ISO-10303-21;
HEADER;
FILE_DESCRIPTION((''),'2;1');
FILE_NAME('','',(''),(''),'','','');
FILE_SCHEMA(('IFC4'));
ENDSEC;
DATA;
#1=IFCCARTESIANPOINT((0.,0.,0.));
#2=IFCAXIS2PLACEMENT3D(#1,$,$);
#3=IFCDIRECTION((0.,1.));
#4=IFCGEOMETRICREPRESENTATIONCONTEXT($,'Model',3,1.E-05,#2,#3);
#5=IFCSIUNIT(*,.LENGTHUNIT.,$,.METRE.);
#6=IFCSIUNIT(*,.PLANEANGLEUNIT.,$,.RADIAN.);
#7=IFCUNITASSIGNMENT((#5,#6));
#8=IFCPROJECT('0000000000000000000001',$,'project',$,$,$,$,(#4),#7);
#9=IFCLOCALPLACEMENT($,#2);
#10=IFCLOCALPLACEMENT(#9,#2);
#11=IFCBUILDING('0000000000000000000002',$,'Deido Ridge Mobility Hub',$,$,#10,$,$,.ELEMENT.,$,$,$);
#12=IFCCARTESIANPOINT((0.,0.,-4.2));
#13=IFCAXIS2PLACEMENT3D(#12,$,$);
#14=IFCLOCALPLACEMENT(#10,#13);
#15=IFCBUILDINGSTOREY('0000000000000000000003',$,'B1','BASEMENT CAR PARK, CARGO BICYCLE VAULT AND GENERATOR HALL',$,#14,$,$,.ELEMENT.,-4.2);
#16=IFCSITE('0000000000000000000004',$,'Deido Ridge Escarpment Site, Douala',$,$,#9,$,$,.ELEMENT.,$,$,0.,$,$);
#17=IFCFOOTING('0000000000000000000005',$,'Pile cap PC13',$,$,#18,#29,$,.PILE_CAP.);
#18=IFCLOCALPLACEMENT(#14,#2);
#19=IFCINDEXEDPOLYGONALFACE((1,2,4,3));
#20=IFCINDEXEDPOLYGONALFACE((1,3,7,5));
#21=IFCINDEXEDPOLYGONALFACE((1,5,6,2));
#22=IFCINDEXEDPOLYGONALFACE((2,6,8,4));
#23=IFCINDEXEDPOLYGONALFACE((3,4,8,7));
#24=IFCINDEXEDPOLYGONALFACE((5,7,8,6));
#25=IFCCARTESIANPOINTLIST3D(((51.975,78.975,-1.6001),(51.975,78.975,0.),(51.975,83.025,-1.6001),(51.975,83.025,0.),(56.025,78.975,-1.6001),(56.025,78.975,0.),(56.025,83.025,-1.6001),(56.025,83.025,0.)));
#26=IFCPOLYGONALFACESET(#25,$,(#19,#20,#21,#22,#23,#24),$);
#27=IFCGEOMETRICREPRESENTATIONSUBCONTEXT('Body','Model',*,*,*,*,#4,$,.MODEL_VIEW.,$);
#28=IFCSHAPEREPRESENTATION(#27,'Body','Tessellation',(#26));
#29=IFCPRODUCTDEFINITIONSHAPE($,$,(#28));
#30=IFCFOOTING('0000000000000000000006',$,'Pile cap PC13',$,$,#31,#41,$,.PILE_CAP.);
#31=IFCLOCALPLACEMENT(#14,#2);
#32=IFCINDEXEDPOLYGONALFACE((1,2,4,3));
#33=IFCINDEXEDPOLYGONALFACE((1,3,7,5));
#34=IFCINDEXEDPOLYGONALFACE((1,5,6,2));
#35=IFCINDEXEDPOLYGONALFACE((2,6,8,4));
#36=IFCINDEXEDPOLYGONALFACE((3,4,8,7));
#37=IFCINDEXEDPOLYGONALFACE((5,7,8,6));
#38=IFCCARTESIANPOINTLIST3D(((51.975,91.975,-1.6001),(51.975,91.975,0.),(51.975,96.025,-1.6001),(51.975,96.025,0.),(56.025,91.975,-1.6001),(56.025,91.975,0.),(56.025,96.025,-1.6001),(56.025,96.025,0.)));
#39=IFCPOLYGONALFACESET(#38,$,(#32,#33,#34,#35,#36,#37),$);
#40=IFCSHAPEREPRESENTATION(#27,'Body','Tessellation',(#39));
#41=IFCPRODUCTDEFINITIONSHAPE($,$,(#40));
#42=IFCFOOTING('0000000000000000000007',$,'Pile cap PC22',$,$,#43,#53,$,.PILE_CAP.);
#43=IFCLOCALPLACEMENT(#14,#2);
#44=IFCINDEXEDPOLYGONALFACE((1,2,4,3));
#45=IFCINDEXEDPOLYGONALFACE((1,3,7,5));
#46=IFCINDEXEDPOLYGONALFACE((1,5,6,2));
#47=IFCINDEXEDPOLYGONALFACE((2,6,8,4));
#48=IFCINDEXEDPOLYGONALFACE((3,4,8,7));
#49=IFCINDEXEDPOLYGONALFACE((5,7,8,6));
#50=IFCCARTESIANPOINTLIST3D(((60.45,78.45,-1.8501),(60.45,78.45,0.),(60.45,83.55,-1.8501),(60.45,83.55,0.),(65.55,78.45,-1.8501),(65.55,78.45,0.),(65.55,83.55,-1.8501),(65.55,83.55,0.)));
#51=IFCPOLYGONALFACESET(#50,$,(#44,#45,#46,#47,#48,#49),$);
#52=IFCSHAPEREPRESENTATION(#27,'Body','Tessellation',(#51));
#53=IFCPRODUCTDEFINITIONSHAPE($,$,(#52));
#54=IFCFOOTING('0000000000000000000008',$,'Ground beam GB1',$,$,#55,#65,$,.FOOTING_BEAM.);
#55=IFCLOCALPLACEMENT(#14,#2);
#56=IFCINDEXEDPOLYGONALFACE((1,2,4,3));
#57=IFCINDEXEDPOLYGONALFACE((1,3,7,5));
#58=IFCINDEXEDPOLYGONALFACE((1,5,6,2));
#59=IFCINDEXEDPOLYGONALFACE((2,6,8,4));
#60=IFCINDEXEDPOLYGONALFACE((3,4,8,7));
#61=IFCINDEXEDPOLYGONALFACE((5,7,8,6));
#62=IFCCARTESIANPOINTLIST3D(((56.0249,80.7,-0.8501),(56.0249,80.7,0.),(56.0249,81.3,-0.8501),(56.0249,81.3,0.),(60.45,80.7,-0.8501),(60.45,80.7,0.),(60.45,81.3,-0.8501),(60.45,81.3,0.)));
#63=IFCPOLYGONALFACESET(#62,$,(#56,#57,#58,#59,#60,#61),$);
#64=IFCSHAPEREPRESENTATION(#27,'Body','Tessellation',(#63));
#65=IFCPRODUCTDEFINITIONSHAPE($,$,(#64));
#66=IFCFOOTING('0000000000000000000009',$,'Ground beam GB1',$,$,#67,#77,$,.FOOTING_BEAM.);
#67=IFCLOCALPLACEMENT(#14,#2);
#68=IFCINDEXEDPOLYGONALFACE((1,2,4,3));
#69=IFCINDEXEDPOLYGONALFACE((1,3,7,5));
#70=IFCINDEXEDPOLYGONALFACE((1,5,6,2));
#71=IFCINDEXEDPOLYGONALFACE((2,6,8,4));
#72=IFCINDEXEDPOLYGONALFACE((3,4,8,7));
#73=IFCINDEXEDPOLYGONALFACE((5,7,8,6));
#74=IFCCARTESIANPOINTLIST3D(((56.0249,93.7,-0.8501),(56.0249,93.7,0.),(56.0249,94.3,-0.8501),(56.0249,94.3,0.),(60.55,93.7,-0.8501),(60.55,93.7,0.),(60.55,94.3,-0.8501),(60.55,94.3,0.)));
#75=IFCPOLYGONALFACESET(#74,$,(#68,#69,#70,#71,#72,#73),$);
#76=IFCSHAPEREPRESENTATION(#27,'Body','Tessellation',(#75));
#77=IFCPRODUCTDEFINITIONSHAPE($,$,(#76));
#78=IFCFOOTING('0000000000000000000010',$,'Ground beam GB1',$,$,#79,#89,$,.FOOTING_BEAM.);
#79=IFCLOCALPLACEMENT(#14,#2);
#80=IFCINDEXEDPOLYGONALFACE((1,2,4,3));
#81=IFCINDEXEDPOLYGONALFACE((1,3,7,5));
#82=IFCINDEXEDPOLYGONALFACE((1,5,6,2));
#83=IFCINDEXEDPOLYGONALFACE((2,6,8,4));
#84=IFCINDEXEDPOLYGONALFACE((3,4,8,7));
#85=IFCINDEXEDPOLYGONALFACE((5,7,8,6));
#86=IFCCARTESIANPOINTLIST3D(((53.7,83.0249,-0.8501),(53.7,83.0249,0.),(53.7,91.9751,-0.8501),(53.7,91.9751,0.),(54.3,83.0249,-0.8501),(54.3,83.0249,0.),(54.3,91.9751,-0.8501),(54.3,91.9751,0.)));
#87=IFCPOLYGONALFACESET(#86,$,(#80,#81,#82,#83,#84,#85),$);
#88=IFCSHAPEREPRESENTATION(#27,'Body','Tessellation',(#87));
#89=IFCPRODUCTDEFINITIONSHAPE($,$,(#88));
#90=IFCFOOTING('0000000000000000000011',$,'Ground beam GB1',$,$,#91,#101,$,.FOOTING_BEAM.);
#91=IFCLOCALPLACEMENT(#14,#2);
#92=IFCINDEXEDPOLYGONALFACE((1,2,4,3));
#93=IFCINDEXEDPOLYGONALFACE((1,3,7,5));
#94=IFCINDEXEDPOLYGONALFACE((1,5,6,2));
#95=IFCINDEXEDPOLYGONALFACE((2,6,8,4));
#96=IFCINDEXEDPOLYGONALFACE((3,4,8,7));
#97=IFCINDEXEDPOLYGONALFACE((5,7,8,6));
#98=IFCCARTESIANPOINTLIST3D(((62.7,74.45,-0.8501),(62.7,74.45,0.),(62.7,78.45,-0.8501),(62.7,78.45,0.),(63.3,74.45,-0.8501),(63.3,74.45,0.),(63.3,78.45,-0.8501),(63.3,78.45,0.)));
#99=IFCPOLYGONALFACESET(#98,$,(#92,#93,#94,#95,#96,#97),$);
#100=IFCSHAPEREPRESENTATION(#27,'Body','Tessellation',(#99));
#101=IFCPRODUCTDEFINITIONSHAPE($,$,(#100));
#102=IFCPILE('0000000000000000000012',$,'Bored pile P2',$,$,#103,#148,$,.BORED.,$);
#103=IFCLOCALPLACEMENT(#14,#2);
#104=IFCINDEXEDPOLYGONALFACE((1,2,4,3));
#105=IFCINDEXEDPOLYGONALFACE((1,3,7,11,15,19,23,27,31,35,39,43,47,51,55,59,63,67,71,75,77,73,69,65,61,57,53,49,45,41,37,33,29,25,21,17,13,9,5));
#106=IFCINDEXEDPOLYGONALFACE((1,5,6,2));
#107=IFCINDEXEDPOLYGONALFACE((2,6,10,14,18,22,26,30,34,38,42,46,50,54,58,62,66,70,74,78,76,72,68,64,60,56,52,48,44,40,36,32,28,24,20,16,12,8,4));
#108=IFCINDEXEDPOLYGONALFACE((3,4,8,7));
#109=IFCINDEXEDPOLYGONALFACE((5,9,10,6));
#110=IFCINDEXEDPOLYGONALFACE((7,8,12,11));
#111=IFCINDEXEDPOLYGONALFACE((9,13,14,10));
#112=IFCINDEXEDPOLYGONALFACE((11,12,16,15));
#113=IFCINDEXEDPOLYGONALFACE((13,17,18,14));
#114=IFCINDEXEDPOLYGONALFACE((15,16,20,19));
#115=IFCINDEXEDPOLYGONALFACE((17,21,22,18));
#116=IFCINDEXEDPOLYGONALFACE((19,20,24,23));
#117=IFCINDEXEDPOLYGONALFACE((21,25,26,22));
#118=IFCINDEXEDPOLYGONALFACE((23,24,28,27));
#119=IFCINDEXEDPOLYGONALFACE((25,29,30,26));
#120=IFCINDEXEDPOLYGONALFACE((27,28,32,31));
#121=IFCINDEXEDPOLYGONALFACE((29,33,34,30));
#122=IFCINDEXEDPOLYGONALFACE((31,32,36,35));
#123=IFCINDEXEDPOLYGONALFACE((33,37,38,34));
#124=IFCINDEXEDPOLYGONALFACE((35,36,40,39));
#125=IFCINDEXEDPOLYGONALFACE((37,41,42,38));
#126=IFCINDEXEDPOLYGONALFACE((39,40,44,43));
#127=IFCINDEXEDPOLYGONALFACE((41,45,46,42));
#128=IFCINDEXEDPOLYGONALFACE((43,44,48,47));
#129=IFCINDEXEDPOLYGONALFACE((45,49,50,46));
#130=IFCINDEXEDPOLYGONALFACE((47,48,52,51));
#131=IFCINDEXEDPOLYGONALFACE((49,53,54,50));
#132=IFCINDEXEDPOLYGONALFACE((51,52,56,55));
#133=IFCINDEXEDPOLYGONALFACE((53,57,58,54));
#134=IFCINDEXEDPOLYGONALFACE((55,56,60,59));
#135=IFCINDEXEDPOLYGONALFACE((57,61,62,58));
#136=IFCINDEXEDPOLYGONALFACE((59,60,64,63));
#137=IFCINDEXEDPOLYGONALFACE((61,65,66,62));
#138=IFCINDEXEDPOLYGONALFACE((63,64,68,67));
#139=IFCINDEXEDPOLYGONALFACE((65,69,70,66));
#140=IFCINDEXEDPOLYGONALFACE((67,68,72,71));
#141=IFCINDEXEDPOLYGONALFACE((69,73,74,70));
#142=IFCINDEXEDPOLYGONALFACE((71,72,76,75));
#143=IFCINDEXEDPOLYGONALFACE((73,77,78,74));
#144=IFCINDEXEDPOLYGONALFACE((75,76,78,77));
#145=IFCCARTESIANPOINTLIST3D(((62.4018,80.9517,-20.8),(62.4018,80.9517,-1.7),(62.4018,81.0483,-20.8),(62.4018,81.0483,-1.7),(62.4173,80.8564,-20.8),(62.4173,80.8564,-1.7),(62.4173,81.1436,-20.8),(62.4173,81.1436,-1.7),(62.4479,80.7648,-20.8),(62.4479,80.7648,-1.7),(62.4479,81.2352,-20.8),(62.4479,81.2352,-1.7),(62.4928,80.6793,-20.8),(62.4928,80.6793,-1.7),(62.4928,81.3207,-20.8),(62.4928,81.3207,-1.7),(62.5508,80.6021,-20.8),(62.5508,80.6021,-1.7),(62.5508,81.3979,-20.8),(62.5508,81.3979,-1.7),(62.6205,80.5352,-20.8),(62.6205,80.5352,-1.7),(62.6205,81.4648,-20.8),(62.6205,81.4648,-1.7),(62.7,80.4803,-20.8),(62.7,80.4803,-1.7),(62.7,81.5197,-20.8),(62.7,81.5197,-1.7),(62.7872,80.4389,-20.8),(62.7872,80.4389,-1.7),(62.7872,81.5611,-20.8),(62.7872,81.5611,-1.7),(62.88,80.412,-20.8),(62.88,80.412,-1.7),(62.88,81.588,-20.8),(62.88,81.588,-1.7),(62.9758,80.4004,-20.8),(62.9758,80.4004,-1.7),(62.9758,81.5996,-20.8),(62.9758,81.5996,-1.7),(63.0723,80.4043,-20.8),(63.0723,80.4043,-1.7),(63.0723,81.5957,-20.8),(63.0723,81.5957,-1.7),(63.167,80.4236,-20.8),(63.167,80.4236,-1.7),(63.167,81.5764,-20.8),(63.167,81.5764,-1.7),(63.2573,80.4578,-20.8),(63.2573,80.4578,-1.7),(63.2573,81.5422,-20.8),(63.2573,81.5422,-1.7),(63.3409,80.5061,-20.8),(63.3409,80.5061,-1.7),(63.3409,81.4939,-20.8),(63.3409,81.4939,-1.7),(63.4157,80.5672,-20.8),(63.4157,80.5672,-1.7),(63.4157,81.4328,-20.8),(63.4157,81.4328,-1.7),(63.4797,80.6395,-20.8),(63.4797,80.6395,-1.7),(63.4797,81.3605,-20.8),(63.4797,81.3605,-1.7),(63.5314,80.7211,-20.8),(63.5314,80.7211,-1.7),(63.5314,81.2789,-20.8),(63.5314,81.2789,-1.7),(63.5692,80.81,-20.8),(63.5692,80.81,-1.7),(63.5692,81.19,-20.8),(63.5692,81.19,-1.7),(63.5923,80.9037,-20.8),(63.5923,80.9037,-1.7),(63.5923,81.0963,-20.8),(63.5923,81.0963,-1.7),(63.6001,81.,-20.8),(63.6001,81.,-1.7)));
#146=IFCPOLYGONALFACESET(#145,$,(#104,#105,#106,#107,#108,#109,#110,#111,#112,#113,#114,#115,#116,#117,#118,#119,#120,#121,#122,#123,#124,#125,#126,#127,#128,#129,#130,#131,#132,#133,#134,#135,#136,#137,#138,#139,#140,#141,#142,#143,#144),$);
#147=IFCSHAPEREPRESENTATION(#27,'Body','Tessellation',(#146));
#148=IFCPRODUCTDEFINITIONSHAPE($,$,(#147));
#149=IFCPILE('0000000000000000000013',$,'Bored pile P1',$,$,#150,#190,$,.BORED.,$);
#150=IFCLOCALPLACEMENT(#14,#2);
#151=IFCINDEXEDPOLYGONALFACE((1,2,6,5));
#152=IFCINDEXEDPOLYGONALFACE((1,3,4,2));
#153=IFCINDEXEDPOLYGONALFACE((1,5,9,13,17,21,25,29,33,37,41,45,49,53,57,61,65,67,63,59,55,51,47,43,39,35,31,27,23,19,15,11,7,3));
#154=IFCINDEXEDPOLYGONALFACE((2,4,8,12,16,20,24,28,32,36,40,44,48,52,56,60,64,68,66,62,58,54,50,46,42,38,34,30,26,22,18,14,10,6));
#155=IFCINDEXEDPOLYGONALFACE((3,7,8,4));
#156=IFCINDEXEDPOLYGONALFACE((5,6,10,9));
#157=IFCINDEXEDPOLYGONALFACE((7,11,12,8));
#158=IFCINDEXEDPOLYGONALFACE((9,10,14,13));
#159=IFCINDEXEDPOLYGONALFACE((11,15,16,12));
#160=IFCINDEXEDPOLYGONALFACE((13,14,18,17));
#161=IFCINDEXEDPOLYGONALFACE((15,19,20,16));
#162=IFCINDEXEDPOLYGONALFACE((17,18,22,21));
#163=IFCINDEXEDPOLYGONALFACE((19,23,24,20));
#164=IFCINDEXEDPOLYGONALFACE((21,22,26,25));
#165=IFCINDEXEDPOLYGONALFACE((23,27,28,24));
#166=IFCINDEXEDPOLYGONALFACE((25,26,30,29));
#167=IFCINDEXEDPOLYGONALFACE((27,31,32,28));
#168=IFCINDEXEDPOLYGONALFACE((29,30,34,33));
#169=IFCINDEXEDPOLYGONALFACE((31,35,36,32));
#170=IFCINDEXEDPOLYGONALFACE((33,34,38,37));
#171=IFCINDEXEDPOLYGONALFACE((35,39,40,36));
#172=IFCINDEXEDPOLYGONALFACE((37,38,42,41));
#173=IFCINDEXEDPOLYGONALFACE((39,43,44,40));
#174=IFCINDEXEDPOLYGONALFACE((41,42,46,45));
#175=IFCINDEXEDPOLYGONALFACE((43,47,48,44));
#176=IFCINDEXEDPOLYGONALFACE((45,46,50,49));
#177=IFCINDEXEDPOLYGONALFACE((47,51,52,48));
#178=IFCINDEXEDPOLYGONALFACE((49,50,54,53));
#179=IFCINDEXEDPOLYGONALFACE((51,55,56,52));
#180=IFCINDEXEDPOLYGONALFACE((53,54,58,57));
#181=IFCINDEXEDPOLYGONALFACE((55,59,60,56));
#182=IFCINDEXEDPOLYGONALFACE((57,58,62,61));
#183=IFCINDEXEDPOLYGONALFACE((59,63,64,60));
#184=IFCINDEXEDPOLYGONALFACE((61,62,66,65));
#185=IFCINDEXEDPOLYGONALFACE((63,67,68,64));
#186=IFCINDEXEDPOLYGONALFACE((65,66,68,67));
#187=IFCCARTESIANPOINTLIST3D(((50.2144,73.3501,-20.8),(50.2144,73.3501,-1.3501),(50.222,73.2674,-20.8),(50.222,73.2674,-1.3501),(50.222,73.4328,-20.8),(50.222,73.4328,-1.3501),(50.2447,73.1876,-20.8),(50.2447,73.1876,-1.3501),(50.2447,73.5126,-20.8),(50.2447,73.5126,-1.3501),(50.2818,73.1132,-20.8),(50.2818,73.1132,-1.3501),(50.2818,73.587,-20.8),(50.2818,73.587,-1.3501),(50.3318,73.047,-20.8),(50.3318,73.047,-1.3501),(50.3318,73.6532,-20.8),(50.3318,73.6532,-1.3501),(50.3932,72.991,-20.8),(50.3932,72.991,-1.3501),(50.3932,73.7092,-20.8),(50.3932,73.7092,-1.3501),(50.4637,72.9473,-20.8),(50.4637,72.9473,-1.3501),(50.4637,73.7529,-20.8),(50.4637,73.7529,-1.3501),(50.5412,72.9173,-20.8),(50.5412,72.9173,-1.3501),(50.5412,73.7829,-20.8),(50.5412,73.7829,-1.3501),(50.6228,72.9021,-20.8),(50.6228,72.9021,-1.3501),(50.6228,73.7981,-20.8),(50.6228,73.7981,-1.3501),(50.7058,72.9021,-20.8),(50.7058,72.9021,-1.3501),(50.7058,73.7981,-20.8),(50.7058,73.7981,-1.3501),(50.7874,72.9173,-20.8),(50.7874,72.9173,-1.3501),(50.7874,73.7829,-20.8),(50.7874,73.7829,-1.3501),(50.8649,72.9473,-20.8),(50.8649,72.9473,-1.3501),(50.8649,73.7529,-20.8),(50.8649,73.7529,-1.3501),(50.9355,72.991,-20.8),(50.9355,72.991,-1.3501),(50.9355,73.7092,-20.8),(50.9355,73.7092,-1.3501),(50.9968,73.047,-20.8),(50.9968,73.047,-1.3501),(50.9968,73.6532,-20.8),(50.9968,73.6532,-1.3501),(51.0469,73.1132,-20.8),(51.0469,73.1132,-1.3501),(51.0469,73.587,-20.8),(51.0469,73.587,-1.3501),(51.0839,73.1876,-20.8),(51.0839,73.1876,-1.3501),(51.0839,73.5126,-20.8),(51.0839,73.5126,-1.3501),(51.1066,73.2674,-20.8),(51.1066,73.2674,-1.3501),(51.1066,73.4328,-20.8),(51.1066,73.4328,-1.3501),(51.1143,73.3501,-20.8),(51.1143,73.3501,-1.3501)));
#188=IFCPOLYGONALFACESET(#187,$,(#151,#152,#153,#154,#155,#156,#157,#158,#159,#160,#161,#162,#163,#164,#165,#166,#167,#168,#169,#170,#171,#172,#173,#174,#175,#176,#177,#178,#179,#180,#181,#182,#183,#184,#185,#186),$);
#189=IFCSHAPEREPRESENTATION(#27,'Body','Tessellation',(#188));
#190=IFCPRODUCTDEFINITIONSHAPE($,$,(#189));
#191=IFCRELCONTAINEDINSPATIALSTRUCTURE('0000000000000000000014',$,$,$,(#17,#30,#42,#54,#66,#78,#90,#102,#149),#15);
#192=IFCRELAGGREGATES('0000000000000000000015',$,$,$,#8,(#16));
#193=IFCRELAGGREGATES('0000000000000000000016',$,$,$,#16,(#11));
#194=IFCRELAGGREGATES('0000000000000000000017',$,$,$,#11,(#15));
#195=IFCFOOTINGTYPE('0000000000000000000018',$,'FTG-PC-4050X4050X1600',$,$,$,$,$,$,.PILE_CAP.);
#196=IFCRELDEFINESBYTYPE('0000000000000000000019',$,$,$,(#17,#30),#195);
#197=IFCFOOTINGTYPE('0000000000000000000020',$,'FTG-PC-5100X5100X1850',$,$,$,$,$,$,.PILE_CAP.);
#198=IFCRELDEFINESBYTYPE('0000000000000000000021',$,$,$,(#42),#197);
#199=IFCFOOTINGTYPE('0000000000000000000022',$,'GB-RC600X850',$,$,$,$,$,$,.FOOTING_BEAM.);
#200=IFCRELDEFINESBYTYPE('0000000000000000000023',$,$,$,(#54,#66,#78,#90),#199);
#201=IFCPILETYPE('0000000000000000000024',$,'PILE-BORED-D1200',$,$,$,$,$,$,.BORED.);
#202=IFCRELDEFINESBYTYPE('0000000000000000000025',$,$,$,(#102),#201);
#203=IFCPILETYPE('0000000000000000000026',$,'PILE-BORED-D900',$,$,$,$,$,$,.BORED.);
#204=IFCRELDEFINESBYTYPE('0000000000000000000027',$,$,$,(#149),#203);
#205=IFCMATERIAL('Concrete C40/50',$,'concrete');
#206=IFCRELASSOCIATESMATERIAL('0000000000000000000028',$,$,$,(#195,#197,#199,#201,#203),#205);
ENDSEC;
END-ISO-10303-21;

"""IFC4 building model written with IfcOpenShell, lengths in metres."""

from ifc_helpers import new_model, si_unit, direction, frame, origin, origin_2d, place, context, subcontext, project, spatial, rectangle, circle, extrude, material, material_profile, profile_set, type_object, element, save


model = new_model("IFC4")

# Units and contexts
model_context = context("Model", 3, precision=1e-05, world=origin(), true_north=direction((0.0, 1.0)))
body_context = subcontext(model_context, "Body", "Model", "MODEL_VIEW")
ifc_project = project(units=[si_unit("LENGTHUNIT", "METRE"), si_unit("PLANEANGLEUNIT", "RADIAN")], contexts=[model_context])

# Site, building, storey
site_placement = place(None, origin())
site = spatial("IfcSite", under=ifc_project, at=site_placement, Name="Deido Ridge Escarpment Site, Douala", CompositionType="ELEMENT", RefElevation=0.0)
building_placement = place(site_placement, origin())
building = spatial("IfcBuilding", under=site, at=building_placement, Name="Deido Ridge Mobility Hub", CompositionType="ELEMENT")
storey_placement = place(building_placement, frame((0.0, 0.0, -4.2)))
storey = spatial("IfcBuildingStorey", under=building, at=storey_placement, Name="B1", Description="BASEMENT CAR PARK, CARGO BICYCLE VAULT AND GENERATOR HALL", CompositionType="ELEMENT", Elevation=-4.2)

# Footings
ifc_material_1 = material(Name="Concrete C40/50", Category="concrete")
footing_type_1 = type_object("IfcFootingType", Name="FTG-PC-4050X4050X1600", PredefinedType="PILE_CAP", material=ifc_material_1)
for number, where, z_axis, x_axis, name in (
    (1, (54.0, 81.0, -1.6001), (0.0, 0.0, 1.0), (1.0, 0.0, 0.0), "Pile cap PC13"),
    (2, (54.0, 94.0, -1.6001), (0.0, 0.0, 1.0), (1.0, 0.0, 0.0), "Pile cap PC13"),
):
    element("IfcFooting", number, at=place(storey_placement, frame(where, z_axis=z_axis, x_axis=x_axis)), inside=storey, type_object=footing_type_1, Name=name, PredefinedType="PILE_CAP", context=body_context, shape_type="SweptSolid", body=[
        extrude(rectangle(XDim=4.05, YDim=4.05, at=origin_2d()), origin(), (0.0, 0.0, 1.0), 1.6001),
    ])
footing_type_2 = type_object("IfcFootingType", Name="FTG-PC-5100X5100X1850", PredefinedType="PILE_CAP", material=ifc_material_1)
footing_1_placement = place(storey_placement, frame((63.0, 81.0, -1.8501), z_axis=(0.0, 0.0, 1.0), x_axis=(1.0, 0.0, 0.0)))
element("IfcFooting", 3, at=footing_1_placement, inside=storey, type_object=footing_type_2, Name="Pile cap PC22", PredefinedType="PILE_CAP", context=body_context, shape_type="SweptSolid", body=[
    extrude(rectangle(XDim=5.1001, YDim=5.1001, at=origin_2d()), origin(), (0.0, 0.0, 1.0), 1.8501),
])
ifc_material_profile_1 = material_profile(ifc_material_1, rectangle(XDim=0.6001, YDim=0.8501, at=origin_2d()), Name="RC GB 600x850")
ifc_profile_set_1 = profile_set([ifc_material_profile_1], Name="Concrete C40/50")
footing_type_3 = type_object("IfcFootingType", Name="GB-RC600X850", PredefinedType="FOOTING_BEAM", material=ifc_profile_set_1)
footing_2_placement = place(storey_placement, frame((56.0249, 81.0, -0.425), z_axis=(1.0, 0.0, 0.0), x_axis=(0.0, 1.0, 0.0)))
element("IfcFooting", 4, at=footing_2_placement, inside=storey, type_object=footing_type_3, Name="Ground beam GB1", PredefinedType="FOOTING_BEAM", context=body_context, shape_type="SweptSolid", body=[
    extrude(rectangle(XDim=0.6001, YDim=0.8501, at=origin_2d()), origin(), (0.0, 0.0, 1.0), 4.425),
])
footing_3_placement = place(storey_placement, frame((56.0249, 94.0, -0.425), z_axis=(1.0, 0.0, 0.0), x_axis=(0.0, 1.0, 0.0)))
element("IfcFooting", 5, at=footing_3_placement, inside=storey, type_object=footing_type_3, Name="Ground beam GB1", PredefinedType="FOOTING_BEAM", context=body_context, shape_type="SweptSolid", body=[
    extrude(rectangle(XDim=0.6001, YDim=0.8501, at=origin_2d()), origin(), (0.0, 0.0, 1.0), 4.5251),
])
footing_4_placement = place(storey_placement, frame((54.0, 83.0249, -0.425), z_axis=(0.0, 1.0, 0.0), x_axis=(-1.0, 0.0, 0.0)))
element("IfcFooting", 6, at=footing_4_placement, inside=storey, type_object=footing_type_3, Name="Ground beam GB1", PredefinedType="FOOTING_BEAM", context=body_context, shape_type="SweptSolid", body=[
    extrude(rectangle(XDim=0.6001, YDim=0.8501, at=origin_2d()), origin(), (0.0, 0.0, 1.0), 8.9502),
])
footing_5_placement = place(storey_placement, frame((63.0, 74.45, -0.425), z_axis=(0.0, 1.0, 0.0), x_axis=(-1.0, 0.0, 0.0)))
element("IfcFooting", 7, at=footing_5_placement, inside=storey, type_object=footing_type_3, Name="Ground beam GB1", PredefinedType="FOOTING_BEAM", context=body_context, shape_type="SweptSolid", body=[
    extrude(rectangle(XDim=0.6001, YDim=0.8501, at=origin_2d()), origin(), (0.0, 0.0, 1.0), 4.0),
])

# Piles
ifc_material_profile_2 = material_profile(ifc_material_1, circle(Radius=0.6001, at=origin_2d()), Name="BORED PILE D1200")
ifc_profile_set_2 = profile_set([ifc_material_profile_2], Name="Concrete C40/50")
pile_type_1 = type_object("IfcPileType", Name="PILE-BORED-D1200", PredefinedType="BORED", material=ifc_profile_set_2)
pile_placement = place(storey_placement, frame((63.0, 81.0, -1.7), z_axis=(0.0, 0.0, -1.0), x_axis=(1.0, 0.0, 0.0)))
element("IfcPile", 8, at=pile_placement, inside=storey, type_object=pile_type_1, Name="Bored pile P2", PredefinedType="BORED", context=body_context, shape_type="SweptSolid", body=[
    extrude(circle(Radius=0.6001, at=origin_2d()), origin(), (0.0, 0.0, 1.0), 19.1001),
])
ifc_material_profile_3 = material_profile(ifc_material_1, circle(Radius=0.45, at=origin_2d()), Name="BORED PILE D900")
ifc_profile_set_3 = profile_set([ifc_material_profile_3], Name="Concrete C40/50")
pile_type_2 = type_object("IfcPileType", Name="PILE-BORED-D900", PredefinedType="BORED", material=ifc_profile_set_3)
for number, where, z_axis, x_axis, name in (
    (9, (50.6643, 73.3501, -1.3501), (0.0, 0.0, -1.0), (1.0, 0.0, 0.0), "Bored pile P1"),
):
    element("IfcPile", number, at=place(storey_placement, frame(where, z_axis=z_axis, x_axis=x_axis)), inside=storey, type_object=pile_type_2, Name=name, PredefinedType="BORED", context=body_context, shape_type="SweptSolid", body=[
        extrude(circle(Radius=0.45, at=origin_2d()), origin(), (0.0, 0.0, 1.0), 19.45),
    ])

save(model, "model.ifc")
